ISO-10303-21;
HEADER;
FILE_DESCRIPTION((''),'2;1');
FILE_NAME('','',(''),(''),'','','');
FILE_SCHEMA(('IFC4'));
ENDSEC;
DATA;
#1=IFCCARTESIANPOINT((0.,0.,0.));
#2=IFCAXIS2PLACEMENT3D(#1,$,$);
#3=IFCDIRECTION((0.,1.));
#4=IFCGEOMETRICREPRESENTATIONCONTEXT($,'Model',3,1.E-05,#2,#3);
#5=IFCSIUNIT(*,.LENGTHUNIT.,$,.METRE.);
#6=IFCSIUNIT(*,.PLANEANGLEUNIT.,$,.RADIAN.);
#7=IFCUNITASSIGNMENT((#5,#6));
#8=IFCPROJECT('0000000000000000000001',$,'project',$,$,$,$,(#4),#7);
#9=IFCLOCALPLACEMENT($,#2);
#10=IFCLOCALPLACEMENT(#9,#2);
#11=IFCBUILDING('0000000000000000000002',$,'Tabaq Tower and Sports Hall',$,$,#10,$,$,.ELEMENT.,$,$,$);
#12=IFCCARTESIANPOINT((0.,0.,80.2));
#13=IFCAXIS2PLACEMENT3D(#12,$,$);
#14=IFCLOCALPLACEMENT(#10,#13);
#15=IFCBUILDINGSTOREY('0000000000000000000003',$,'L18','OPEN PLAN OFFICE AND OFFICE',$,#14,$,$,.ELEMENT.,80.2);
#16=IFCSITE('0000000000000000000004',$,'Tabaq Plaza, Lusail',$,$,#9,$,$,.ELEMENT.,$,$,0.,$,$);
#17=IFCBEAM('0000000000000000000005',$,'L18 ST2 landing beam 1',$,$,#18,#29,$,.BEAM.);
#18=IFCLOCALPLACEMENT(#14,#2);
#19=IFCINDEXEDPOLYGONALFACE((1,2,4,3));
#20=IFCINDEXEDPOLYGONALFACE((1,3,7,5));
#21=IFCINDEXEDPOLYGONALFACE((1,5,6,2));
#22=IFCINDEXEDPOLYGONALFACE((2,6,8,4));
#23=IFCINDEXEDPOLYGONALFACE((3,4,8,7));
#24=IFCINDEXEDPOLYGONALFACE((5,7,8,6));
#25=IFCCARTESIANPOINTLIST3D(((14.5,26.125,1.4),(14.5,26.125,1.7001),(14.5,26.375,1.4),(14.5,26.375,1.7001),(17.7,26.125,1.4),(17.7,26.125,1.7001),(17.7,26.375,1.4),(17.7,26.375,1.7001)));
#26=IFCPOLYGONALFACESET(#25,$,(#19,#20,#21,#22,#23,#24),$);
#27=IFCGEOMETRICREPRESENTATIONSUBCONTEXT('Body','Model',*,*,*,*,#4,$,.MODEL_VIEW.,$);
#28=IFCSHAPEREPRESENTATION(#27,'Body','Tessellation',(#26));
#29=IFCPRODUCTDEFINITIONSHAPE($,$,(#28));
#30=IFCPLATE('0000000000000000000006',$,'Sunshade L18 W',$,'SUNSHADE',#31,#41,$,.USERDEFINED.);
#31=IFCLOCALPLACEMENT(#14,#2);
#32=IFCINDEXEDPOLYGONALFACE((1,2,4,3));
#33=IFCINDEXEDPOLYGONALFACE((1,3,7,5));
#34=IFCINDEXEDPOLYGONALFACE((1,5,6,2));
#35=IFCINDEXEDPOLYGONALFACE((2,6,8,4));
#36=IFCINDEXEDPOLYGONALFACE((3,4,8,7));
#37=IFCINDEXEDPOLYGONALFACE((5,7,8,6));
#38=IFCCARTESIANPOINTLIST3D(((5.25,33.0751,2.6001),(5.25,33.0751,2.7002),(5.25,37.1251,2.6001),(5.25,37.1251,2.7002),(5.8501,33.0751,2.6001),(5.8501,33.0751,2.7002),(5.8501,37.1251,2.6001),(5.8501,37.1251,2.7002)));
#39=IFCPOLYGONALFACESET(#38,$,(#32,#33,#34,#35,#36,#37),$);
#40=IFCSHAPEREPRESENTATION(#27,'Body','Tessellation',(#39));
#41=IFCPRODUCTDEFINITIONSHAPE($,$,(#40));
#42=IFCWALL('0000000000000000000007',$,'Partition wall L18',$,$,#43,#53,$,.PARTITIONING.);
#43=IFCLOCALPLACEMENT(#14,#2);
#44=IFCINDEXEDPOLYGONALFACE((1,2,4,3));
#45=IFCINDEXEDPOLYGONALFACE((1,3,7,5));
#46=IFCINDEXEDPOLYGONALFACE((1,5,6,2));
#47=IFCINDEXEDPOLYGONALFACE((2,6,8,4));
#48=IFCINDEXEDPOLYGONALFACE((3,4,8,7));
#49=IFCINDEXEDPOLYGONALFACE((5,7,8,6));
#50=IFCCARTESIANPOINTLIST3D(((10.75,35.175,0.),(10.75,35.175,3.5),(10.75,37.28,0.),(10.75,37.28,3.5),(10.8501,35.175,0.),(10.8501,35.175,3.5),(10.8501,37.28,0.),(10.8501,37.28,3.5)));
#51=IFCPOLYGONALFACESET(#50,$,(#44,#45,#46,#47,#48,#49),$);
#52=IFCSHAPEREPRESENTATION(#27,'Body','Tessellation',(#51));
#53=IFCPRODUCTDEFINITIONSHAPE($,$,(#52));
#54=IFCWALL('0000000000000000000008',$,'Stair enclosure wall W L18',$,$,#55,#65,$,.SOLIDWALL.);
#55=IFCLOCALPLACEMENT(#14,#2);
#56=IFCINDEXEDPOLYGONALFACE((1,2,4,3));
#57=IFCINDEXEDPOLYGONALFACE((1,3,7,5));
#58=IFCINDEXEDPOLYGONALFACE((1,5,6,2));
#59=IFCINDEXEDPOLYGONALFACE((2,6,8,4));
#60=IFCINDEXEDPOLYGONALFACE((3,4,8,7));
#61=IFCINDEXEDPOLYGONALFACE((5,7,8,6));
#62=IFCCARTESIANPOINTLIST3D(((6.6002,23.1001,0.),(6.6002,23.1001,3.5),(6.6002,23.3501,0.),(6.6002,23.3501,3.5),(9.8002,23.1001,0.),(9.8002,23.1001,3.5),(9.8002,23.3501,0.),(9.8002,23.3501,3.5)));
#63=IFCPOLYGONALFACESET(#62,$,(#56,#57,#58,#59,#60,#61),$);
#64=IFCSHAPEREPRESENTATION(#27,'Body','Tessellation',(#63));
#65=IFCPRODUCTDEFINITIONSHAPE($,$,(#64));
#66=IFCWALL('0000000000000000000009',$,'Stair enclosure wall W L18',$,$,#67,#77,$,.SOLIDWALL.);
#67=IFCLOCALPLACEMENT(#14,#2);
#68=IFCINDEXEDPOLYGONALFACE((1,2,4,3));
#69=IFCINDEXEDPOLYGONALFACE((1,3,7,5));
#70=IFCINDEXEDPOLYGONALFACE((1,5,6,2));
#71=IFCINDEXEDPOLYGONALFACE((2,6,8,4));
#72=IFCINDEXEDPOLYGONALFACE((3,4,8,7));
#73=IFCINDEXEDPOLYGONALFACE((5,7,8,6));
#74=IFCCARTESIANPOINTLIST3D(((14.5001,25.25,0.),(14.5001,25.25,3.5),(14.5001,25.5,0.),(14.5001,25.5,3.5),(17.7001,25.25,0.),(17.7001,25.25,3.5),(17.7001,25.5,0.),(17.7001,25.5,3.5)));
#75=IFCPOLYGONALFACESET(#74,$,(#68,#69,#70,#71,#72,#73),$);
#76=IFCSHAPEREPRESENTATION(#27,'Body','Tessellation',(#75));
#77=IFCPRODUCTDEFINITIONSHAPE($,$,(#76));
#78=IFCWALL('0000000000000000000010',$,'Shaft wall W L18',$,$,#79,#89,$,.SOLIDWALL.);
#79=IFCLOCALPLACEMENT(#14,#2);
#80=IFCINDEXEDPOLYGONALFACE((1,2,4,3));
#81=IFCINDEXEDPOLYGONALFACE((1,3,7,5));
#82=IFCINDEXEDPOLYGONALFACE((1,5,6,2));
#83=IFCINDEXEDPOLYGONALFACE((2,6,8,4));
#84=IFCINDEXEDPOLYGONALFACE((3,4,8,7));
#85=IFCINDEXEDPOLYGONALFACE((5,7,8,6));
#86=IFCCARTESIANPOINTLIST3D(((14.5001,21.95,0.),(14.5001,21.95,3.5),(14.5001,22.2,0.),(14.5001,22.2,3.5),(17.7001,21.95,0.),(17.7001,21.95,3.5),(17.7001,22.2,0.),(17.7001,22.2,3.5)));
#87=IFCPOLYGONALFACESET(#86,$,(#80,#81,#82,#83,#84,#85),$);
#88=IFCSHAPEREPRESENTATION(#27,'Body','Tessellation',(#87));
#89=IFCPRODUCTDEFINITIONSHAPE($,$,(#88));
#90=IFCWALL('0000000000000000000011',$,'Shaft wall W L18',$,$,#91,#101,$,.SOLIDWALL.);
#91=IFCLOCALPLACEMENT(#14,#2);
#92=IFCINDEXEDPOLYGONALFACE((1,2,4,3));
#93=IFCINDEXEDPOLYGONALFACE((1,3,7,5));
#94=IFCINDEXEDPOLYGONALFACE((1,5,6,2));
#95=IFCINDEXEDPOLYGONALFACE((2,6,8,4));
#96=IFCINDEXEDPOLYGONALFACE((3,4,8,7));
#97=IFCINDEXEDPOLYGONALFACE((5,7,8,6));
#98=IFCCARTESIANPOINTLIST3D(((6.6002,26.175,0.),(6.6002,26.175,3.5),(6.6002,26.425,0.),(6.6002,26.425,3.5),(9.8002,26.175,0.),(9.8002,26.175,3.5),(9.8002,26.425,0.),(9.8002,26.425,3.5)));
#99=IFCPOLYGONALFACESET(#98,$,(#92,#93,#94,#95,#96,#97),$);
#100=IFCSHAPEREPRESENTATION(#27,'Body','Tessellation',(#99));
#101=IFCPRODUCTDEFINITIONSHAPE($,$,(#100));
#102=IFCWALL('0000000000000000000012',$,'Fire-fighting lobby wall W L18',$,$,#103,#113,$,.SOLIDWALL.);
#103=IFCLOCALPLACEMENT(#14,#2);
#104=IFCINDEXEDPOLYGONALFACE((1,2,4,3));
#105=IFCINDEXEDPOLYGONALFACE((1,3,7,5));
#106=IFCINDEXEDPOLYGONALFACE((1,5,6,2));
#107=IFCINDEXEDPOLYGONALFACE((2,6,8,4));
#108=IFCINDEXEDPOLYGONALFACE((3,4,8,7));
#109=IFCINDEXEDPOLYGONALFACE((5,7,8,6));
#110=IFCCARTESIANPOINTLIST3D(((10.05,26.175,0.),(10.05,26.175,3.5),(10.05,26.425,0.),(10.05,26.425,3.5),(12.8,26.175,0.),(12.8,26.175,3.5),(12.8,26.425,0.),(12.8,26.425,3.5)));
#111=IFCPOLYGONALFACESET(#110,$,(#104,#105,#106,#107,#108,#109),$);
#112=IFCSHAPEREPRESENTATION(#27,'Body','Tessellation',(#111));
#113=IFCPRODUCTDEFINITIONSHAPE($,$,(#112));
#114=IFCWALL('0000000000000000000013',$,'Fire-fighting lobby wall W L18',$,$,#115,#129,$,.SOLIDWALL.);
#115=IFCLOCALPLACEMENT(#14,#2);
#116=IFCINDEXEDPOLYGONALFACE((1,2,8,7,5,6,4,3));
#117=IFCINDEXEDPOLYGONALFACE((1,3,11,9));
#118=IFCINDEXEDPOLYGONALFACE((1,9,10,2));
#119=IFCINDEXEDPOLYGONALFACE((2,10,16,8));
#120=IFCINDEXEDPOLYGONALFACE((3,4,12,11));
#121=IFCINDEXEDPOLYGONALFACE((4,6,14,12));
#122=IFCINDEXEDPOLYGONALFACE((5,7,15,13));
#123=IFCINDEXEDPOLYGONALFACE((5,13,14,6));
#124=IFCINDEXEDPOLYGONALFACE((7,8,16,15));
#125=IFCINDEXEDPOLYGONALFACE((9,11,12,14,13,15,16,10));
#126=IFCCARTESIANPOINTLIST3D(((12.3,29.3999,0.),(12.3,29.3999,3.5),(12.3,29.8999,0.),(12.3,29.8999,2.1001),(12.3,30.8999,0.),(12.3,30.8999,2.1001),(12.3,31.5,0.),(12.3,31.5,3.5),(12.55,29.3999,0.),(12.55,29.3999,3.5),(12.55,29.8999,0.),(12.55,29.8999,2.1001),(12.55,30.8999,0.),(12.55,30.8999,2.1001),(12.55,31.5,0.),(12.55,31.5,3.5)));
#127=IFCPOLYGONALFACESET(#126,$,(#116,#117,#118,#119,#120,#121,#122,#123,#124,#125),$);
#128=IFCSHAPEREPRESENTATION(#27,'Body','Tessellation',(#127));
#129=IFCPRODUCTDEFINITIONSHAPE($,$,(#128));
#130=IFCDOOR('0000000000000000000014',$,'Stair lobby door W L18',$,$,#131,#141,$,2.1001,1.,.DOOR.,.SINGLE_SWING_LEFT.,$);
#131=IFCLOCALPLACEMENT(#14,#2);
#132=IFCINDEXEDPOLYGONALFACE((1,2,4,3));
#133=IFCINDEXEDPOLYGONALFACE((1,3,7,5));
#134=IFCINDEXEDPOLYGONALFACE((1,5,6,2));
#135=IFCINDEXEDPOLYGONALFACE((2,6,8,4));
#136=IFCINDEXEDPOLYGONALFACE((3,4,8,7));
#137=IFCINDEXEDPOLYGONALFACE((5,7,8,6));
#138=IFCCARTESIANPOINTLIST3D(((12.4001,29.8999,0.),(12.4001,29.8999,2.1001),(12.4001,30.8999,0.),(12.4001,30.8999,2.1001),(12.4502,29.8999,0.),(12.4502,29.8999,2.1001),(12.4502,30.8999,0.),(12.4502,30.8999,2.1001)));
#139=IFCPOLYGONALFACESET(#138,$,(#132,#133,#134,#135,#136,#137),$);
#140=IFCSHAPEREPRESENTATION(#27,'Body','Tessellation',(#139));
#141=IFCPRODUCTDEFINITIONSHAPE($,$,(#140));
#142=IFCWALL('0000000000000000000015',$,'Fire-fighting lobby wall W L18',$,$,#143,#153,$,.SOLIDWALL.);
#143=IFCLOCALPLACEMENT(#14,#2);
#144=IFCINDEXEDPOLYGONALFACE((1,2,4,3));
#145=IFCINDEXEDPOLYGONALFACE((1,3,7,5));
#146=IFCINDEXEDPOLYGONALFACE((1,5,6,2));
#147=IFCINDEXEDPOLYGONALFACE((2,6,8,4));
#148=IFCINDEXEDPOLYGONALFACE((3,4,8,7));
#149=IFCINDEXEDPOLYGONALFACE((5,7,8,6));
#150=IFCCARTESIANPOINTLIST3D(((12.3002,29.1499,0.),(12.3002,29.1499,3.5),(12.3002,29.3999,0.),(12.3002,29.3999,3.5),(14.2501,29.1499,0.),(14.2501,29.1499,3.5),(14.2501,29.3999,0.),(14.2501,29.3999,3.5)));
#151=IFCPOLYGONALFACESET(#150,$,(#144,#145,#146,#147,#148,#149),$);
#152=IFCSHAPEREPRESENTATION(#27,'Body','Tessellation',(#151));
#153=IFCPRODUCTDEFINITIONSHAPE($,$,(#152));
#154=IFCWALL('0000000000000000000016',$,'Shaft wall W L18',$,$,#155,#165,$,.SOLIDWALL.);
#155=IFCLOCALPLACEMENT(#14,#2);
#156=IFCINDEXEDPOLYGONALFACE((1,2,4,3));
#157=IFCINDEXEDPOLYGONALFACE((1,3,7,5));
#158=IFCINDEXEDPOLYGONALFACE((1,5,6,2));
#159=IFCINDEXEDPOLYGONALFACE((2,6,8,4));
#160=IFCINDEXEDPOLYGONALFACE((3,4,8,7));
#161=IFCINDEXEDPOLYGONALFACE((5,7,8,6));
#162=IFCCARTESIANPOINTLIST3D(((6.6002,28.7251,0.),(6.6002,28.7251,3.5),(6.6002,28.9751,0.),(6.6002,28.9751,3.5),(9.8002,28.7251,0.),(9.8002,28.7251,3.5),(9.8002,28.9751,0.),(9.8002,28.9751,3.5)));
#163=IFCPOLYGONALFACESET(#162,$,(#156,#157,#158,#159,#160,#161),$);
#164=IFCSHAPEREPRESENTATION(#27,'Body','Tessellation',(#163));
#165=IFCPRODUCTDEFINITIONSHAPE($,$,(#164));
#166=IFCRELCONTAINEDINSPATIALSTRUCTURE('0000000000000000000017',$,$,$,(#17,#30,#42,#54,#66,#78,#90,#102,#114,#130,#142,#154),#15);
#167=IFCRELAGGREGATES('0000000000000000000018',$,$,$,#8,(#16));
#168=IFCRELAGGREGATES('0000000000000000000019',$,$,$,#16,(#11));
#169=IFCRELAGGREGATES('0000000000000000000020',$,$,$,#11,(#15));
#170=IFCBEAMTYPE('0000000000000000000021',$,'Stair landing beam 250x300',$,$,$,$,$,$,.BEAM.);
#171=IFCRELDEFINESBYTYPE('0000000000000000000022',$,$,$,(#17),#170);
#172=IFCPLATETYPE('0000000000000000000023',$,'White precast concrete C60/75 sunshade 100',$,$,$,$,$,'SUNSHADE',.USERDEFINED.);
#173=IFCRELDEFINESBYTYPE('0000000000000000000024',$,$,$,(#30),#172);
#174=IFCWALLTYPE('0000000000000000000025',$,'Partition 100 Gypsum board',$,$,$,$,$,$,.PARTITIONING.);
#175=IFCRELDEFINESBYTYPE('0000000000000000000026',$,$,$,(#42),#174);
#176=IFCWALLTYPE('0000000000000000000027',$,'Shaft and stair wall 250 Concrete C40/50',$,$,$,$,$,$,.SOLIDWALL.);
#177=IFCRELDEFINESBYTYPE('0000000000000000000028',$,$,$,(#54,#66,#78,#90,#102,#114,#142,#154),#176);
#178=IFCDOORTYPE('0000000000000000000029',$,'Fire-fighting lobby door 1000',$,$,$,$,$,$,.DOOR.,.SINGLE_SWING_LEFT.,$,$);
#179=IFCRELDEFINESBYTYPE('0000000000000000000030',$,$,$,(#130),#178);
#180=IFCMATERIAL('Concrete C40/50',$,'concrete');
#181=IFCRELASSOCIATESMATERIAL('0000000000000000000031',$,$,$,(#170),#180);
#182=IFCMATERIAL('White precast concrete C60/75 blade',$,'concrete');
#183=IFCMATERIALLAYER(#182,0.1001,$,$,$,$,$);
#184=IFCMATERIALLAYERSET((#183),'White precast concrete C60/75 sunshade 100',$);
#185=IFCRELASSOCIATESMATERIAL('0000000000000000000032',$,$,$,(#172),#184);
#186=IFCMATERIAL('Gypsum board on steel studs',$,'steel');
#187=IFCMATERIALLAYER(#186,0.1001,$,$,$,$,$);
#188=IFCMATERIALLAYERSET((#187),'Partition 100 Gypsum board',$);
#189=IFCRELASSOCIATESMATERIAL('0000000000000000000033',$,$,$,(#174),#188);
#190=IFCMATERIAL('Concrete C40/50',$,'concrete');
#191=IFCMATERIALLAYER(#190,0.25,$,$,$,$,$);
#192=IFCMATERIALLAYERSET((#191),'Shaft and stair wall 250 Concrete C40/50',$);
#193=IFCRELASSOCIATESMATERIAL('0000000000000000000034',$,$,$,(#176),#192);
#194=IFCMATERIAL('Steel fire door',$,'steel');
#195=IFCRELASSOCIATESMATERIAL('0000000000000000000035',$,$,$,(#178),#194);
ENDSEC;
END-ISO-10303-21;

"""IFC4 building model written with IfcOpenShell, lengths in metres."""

from ifc_helpers import new_model, si_unit, direction, frame, frame_2d, origin, origin_2d, place, context, subcontext, project, spatial, rectangle, extrude, material, layer, layer_set, material_profile, profile_set, type_object, element, fill, save


model = new_model("IFC4")

# Units and contexts
model_context = context("Model", 3, precision=1e-05, world=origin(), true_north=direction((0.0, 1.0)))
body_context = subcontext(model_context, "Body", "Model", "MODEL_VIEW")
ifc_project = project(units=[si_unit("LENGTHUNIT", "METRE"), si_unit("PLANEANGLEUNIT", "RADIAN")], contexts=[model_context])

# Site, building, storey
site_placement = place(None, origin())
site = spatial("IfcSite", under=ifc_project, at=site_placement, Name="Tabaq Plaza, Lusail", CompositionType="ELEMENT", RefElevation=0.0)
building_placement = place(site_placement, origin())
building = spatial("IfcBuilding", under=site, at=building_placement, Name="Tabaq Tower and Sports Hall", CompositionType="ELEMENT")
storey_placement = place(building_placement, frame((0.0, 0.0, 80.2)))
storey = spatial("IfcBuildingStorey", under=building, at=storey_placement, Name="L18", Description="OPEN PLAN OFFICE AND OFFICE", CompositionType="ELEMENT", Elevation=80.2)

# Beam
ifc_material_1 = material(Name="Concrete C40/50", Category="concrete")
ifc_material_profile = material_profile(ifc_material_1, rectangle(XDim=0.25, YDim=0.3, at=origin_2d()), Name="RC 250x300")
ifc_profile_set = profile_set([ifc_material_profile], Name="Concrete C40/50")
beam_type = type_object("IfcBeamType", Name="Stair landing beam 250x300", PredefinedType="BEAM", material=ifc_profile_set)
beam_placement = place(storey_placement, frame((14.5, 26.25, 1.55), z_axis=(1.0, 0.0, 0.0), x_axis=(0.0, 1.0, 0.0)))
element("IfcBeam", 1, at=beam_placement, inside=storey, type_object=beam_type, Name="L18 ST2 landing beam 1", PredefinedType="BEAM", context=body_context, shape_type="SweptSolid", body=[
    extrude(rectangle(XDim=0.25, YDim=0.3, at=origin_2d()), origin(), (0.0, 0.0, 1.0), 3.2),
])

# Plate
ifc_material_2 = material(Name="White precast concrete C60/75 blade", Category="concrete")
ifc_layer_1 = layer(ifc_material_2, 0.1001)
ifc_layer_set_1 = layer_set([ifc_layer_1], Name="White precast concrete C60/75 sunshade 100")
plate_type = type_object("IfcPlateType", Name="White precast concrete C60/75 sunshade 100", ElementType="SUNSHADE", PredefinedType="USERDEFINED", material=ifc_layer_set_1)
plate_placement = place(storey_placement, frame((5.55, 35.1001, 2.6001), z_axis=(0.0, 0.0, 1.0), x_axis=(0.0, -1.0, 0.0)))
element("IfcPlate", 2, at=plate_placement, inside=storey, type_object=plate_type, Name="Sunshade L18 W", ObjectType="SUNSHADE", PredefinedType="USERDEFINED", context=body_context, shape_type="SweptSolid", body=[
    extrude(rectangle(XDim=4.05, YDim=0.6001, at=origin_2d()), origin(), (0.0, 0.0, 1.0), 0.1001),
])

# Walls
ifc_material_3 = material(Name="Gypsum board on steel studs", Category="steel")
ifc_layer_2 = layer(ifc_material_3, 0.1001)
ifc_layer_set_2 = layer_set([ifc_layer_2], Name="Partition 100 Gypsum board")
wall_type_1 = type_object("IfcWallType", Name="Partition 100 Gypsum board", PredefinedType="PARTITIONING", material=ifc_layer_set_2)
wall_1_placement = place(storey_placement, frame((10.8, 35.175, 0.0), z_axis=(0.0, 0.0, 1.0), x_axis=(0.0, 1.0, 0.0)))
element("IfcWall", 3, at=wall_1_placement, inside=storey, type_object=wall_type_1, Name="Partition wall L18", PredefinedType="PARTITIONING", context=body_context, shape_type="SweptSolid", body=[
    extrude(rectangle(XDim=2.105, YDim=0.1001, at=frame_2d((1.0525, 0.0))), origin(), (0.0, 0.0, 1.0), 3.5),
])
ifc_material_4 = material(Name="Concrete C40/50", Category="concrete")
ifc_layer_3 = layer(ifc_material_4, 0.25)
ifc_layer_set_3 = layer_set([ifc_layer_3], Name="Shaft and stair wall 250 Concrete C40/50")
wall_type_2 = type_object("IfcWallType", Name="Shaft and stair wall 250 Concrete C40/50", PredefinedType="SOLIDWALL", material=ifc_layer_set_3)
for number, where, z_axis, x_axis, name in (
    (4, (6.6001, 23.2251, 0.0), (0.0, 0.0, 1.0), (1.0, 0.0, 0.0), "Stair enclosure wall W L18"),
    (5, (14.5, 25.375, 0.0), (0.0, 0.0, 1.0), (1.0, 0.0, 0.0), "Stair enclosure wall W L18"),
    (6, (14.5, 22.075, 0.0), (0.0, 0.0, 1.0), (1.0, 0.0, 0.0), "Shaft wall W L18"),
    (7, (6.6001, 26.3, 0.0), (0.0, 0.0, 1.0), (1.0, 0.0, 0.0), "Shaft wall W L18"),
):
    element("IfcWall", number, at=place(storey_placement, frame(where, z_axis=z_axis, x_axis=x_axis)), inside=storey, type_object=wall_type_2, Name=name, PredefinedType="SOLIDWALL", context=body_context, shape_type="SweptSolid", body=[
        extrude(rectangle(XDim=3.2, YDim=0.25, at=frame_2d((1.6001, 0.0))), origin(), (0.0, 0.0, 1.0), 3.5),
    ])
wall_2_placement = place(storey_placement, frame((10.05, 26.3, 0.0), z_axis=(0.0, 0.0, 1.0), x_axis=(1.0, 0.0, 0.0)))
element("IfcWall", 8, at=wall_2_placement, inside=storey, type_object=wall_type_2, Name="Fire-fighting lobby wall W L18", PredefinedType="SOLIDWALL", context=body_context, shape_type="SweptSolid", body=[
    extrude(rectangle(XDim=2.75, YDim=0.25, at=frame_2d((1.375, 0.0))), origin(), (0.0, 0.0, 1.0), 3.5),
])

# Wall, opening, door
wall_3_placement = place(storey_placement, frame((12.425, 29.3999, 0.0), z_axis=(0.0, 0.0, 1.0), x_axis=(0.0, 1.0, 0.0)))
wall_3 = element("IfcWall", 9, at=wall_3_placement, inside=storey, type_object=wall_type_2, Name="Fire-fighting lobby wall W L18", PredefinedType="SOLIDWALL", context=body_context, shape_type="SweptSolid", body=[
    extrude(rectangle(XDim=2.1001, YDim=0.25, at=frame_2d((1.05, 0.0))), origin(), (0.0, 0.0, 1.0), 3.5),
])
opening_1_placement = place(wall_3_placement, frame((0.5, 0.0, 0.0)))
opening_1 = element("IfcOpeningElement", 10, at=opening_1_placement, cuts=wall_3, PredefinedType="OPENING", context=body_context, shape_type="SweptSolid", body=[
    extrude(rectangle(XDim=1.0, YDim=2.1001, at=frame_2d((0.5, 1.05))), frame((0.0, 0.125, 0.0), z_axis=(0.0, -1.0, 0.0), x_axis=(1.0, 0.0, 0.0)), (0.0, 0.0, 1.0), 0.25),
])
ifc_material_5 = material(Name="Steel fire door", Category="steel")
door_type_1 = type_object("IfcDoorType", Name="Fire-fighting lobby door 1000", OperationType="SINGLE_SWING_LEFT", PredefinedType="DOOR", material=ifc_material_5)
door_1_placement = place(opening_1_placement, origin())
door_1 = element("IfcDoor", 11, at=door_1_placement, inside=storey, type_object=door_type_1, Name="Stair lobby door W L18", OperationType="SINGLE_SWING_LEFT", OverallHeight=2.1001, OverallWidth=1.0, PredefinedType="DOOR", context=body_context, shape_type="SweptSolid", body=[
    extrude(rectangle(XDim=1.0, YDim=2.1001, at=frame_2d((0.5, 1.05))), frame((0.0, 0.0249, 0.0), z_axis=(0.0, -1.0, 0.0), x_axis=(1.0, 0.0, 0.0)), (0.0, 0.0, 1.0), 0.05),
])
fill(opening_1, door_1)

# Walls
wall_4_placement = place(storey_placement, frame((12.3, 29.2749, 0.0), z_axis=(0.0, 0.0, 1.0), x_axis=(1.0, 0.0, 0.0)))
element("IfcWall", 12, at=wall_4_placement, inside=storey, type_object=wall_type_2, Name="Fire-fighting lobby wall W L18", PredefinedType="SOLIDWALL", context=body_context, shape_type="SweptSolid", body=[
    extrude(rectangle(XDim=1.95, YDim=0.25, at=frame_2d((0.9751, 0.0))), origin(), (0.0, 0.0, 1.0), 3.5),
])
wall_5_placement = place(storey_placement, frame((6.6001, 28.8501, 0.0), z_axis=(0.0, 0.0, 1.0), x_axis=(1.0, 0.0, 0.0)))
element("IfcWall", 13, at=wall_5_placement, inside=storey, type_object=wall_type_2, Name="Shaft wall W L18", PredefinedType="SOLIDWALL", context=body_context, shape_type="SweptSolid", body=[
    extrude(rectangle(XDim=3.2, YDim=0.25, at=frame_2d((1.6001, 0.0))), origin(), (0.0, 0.0, 1.0), 3.5),
])

save(model, "model.ifc")
